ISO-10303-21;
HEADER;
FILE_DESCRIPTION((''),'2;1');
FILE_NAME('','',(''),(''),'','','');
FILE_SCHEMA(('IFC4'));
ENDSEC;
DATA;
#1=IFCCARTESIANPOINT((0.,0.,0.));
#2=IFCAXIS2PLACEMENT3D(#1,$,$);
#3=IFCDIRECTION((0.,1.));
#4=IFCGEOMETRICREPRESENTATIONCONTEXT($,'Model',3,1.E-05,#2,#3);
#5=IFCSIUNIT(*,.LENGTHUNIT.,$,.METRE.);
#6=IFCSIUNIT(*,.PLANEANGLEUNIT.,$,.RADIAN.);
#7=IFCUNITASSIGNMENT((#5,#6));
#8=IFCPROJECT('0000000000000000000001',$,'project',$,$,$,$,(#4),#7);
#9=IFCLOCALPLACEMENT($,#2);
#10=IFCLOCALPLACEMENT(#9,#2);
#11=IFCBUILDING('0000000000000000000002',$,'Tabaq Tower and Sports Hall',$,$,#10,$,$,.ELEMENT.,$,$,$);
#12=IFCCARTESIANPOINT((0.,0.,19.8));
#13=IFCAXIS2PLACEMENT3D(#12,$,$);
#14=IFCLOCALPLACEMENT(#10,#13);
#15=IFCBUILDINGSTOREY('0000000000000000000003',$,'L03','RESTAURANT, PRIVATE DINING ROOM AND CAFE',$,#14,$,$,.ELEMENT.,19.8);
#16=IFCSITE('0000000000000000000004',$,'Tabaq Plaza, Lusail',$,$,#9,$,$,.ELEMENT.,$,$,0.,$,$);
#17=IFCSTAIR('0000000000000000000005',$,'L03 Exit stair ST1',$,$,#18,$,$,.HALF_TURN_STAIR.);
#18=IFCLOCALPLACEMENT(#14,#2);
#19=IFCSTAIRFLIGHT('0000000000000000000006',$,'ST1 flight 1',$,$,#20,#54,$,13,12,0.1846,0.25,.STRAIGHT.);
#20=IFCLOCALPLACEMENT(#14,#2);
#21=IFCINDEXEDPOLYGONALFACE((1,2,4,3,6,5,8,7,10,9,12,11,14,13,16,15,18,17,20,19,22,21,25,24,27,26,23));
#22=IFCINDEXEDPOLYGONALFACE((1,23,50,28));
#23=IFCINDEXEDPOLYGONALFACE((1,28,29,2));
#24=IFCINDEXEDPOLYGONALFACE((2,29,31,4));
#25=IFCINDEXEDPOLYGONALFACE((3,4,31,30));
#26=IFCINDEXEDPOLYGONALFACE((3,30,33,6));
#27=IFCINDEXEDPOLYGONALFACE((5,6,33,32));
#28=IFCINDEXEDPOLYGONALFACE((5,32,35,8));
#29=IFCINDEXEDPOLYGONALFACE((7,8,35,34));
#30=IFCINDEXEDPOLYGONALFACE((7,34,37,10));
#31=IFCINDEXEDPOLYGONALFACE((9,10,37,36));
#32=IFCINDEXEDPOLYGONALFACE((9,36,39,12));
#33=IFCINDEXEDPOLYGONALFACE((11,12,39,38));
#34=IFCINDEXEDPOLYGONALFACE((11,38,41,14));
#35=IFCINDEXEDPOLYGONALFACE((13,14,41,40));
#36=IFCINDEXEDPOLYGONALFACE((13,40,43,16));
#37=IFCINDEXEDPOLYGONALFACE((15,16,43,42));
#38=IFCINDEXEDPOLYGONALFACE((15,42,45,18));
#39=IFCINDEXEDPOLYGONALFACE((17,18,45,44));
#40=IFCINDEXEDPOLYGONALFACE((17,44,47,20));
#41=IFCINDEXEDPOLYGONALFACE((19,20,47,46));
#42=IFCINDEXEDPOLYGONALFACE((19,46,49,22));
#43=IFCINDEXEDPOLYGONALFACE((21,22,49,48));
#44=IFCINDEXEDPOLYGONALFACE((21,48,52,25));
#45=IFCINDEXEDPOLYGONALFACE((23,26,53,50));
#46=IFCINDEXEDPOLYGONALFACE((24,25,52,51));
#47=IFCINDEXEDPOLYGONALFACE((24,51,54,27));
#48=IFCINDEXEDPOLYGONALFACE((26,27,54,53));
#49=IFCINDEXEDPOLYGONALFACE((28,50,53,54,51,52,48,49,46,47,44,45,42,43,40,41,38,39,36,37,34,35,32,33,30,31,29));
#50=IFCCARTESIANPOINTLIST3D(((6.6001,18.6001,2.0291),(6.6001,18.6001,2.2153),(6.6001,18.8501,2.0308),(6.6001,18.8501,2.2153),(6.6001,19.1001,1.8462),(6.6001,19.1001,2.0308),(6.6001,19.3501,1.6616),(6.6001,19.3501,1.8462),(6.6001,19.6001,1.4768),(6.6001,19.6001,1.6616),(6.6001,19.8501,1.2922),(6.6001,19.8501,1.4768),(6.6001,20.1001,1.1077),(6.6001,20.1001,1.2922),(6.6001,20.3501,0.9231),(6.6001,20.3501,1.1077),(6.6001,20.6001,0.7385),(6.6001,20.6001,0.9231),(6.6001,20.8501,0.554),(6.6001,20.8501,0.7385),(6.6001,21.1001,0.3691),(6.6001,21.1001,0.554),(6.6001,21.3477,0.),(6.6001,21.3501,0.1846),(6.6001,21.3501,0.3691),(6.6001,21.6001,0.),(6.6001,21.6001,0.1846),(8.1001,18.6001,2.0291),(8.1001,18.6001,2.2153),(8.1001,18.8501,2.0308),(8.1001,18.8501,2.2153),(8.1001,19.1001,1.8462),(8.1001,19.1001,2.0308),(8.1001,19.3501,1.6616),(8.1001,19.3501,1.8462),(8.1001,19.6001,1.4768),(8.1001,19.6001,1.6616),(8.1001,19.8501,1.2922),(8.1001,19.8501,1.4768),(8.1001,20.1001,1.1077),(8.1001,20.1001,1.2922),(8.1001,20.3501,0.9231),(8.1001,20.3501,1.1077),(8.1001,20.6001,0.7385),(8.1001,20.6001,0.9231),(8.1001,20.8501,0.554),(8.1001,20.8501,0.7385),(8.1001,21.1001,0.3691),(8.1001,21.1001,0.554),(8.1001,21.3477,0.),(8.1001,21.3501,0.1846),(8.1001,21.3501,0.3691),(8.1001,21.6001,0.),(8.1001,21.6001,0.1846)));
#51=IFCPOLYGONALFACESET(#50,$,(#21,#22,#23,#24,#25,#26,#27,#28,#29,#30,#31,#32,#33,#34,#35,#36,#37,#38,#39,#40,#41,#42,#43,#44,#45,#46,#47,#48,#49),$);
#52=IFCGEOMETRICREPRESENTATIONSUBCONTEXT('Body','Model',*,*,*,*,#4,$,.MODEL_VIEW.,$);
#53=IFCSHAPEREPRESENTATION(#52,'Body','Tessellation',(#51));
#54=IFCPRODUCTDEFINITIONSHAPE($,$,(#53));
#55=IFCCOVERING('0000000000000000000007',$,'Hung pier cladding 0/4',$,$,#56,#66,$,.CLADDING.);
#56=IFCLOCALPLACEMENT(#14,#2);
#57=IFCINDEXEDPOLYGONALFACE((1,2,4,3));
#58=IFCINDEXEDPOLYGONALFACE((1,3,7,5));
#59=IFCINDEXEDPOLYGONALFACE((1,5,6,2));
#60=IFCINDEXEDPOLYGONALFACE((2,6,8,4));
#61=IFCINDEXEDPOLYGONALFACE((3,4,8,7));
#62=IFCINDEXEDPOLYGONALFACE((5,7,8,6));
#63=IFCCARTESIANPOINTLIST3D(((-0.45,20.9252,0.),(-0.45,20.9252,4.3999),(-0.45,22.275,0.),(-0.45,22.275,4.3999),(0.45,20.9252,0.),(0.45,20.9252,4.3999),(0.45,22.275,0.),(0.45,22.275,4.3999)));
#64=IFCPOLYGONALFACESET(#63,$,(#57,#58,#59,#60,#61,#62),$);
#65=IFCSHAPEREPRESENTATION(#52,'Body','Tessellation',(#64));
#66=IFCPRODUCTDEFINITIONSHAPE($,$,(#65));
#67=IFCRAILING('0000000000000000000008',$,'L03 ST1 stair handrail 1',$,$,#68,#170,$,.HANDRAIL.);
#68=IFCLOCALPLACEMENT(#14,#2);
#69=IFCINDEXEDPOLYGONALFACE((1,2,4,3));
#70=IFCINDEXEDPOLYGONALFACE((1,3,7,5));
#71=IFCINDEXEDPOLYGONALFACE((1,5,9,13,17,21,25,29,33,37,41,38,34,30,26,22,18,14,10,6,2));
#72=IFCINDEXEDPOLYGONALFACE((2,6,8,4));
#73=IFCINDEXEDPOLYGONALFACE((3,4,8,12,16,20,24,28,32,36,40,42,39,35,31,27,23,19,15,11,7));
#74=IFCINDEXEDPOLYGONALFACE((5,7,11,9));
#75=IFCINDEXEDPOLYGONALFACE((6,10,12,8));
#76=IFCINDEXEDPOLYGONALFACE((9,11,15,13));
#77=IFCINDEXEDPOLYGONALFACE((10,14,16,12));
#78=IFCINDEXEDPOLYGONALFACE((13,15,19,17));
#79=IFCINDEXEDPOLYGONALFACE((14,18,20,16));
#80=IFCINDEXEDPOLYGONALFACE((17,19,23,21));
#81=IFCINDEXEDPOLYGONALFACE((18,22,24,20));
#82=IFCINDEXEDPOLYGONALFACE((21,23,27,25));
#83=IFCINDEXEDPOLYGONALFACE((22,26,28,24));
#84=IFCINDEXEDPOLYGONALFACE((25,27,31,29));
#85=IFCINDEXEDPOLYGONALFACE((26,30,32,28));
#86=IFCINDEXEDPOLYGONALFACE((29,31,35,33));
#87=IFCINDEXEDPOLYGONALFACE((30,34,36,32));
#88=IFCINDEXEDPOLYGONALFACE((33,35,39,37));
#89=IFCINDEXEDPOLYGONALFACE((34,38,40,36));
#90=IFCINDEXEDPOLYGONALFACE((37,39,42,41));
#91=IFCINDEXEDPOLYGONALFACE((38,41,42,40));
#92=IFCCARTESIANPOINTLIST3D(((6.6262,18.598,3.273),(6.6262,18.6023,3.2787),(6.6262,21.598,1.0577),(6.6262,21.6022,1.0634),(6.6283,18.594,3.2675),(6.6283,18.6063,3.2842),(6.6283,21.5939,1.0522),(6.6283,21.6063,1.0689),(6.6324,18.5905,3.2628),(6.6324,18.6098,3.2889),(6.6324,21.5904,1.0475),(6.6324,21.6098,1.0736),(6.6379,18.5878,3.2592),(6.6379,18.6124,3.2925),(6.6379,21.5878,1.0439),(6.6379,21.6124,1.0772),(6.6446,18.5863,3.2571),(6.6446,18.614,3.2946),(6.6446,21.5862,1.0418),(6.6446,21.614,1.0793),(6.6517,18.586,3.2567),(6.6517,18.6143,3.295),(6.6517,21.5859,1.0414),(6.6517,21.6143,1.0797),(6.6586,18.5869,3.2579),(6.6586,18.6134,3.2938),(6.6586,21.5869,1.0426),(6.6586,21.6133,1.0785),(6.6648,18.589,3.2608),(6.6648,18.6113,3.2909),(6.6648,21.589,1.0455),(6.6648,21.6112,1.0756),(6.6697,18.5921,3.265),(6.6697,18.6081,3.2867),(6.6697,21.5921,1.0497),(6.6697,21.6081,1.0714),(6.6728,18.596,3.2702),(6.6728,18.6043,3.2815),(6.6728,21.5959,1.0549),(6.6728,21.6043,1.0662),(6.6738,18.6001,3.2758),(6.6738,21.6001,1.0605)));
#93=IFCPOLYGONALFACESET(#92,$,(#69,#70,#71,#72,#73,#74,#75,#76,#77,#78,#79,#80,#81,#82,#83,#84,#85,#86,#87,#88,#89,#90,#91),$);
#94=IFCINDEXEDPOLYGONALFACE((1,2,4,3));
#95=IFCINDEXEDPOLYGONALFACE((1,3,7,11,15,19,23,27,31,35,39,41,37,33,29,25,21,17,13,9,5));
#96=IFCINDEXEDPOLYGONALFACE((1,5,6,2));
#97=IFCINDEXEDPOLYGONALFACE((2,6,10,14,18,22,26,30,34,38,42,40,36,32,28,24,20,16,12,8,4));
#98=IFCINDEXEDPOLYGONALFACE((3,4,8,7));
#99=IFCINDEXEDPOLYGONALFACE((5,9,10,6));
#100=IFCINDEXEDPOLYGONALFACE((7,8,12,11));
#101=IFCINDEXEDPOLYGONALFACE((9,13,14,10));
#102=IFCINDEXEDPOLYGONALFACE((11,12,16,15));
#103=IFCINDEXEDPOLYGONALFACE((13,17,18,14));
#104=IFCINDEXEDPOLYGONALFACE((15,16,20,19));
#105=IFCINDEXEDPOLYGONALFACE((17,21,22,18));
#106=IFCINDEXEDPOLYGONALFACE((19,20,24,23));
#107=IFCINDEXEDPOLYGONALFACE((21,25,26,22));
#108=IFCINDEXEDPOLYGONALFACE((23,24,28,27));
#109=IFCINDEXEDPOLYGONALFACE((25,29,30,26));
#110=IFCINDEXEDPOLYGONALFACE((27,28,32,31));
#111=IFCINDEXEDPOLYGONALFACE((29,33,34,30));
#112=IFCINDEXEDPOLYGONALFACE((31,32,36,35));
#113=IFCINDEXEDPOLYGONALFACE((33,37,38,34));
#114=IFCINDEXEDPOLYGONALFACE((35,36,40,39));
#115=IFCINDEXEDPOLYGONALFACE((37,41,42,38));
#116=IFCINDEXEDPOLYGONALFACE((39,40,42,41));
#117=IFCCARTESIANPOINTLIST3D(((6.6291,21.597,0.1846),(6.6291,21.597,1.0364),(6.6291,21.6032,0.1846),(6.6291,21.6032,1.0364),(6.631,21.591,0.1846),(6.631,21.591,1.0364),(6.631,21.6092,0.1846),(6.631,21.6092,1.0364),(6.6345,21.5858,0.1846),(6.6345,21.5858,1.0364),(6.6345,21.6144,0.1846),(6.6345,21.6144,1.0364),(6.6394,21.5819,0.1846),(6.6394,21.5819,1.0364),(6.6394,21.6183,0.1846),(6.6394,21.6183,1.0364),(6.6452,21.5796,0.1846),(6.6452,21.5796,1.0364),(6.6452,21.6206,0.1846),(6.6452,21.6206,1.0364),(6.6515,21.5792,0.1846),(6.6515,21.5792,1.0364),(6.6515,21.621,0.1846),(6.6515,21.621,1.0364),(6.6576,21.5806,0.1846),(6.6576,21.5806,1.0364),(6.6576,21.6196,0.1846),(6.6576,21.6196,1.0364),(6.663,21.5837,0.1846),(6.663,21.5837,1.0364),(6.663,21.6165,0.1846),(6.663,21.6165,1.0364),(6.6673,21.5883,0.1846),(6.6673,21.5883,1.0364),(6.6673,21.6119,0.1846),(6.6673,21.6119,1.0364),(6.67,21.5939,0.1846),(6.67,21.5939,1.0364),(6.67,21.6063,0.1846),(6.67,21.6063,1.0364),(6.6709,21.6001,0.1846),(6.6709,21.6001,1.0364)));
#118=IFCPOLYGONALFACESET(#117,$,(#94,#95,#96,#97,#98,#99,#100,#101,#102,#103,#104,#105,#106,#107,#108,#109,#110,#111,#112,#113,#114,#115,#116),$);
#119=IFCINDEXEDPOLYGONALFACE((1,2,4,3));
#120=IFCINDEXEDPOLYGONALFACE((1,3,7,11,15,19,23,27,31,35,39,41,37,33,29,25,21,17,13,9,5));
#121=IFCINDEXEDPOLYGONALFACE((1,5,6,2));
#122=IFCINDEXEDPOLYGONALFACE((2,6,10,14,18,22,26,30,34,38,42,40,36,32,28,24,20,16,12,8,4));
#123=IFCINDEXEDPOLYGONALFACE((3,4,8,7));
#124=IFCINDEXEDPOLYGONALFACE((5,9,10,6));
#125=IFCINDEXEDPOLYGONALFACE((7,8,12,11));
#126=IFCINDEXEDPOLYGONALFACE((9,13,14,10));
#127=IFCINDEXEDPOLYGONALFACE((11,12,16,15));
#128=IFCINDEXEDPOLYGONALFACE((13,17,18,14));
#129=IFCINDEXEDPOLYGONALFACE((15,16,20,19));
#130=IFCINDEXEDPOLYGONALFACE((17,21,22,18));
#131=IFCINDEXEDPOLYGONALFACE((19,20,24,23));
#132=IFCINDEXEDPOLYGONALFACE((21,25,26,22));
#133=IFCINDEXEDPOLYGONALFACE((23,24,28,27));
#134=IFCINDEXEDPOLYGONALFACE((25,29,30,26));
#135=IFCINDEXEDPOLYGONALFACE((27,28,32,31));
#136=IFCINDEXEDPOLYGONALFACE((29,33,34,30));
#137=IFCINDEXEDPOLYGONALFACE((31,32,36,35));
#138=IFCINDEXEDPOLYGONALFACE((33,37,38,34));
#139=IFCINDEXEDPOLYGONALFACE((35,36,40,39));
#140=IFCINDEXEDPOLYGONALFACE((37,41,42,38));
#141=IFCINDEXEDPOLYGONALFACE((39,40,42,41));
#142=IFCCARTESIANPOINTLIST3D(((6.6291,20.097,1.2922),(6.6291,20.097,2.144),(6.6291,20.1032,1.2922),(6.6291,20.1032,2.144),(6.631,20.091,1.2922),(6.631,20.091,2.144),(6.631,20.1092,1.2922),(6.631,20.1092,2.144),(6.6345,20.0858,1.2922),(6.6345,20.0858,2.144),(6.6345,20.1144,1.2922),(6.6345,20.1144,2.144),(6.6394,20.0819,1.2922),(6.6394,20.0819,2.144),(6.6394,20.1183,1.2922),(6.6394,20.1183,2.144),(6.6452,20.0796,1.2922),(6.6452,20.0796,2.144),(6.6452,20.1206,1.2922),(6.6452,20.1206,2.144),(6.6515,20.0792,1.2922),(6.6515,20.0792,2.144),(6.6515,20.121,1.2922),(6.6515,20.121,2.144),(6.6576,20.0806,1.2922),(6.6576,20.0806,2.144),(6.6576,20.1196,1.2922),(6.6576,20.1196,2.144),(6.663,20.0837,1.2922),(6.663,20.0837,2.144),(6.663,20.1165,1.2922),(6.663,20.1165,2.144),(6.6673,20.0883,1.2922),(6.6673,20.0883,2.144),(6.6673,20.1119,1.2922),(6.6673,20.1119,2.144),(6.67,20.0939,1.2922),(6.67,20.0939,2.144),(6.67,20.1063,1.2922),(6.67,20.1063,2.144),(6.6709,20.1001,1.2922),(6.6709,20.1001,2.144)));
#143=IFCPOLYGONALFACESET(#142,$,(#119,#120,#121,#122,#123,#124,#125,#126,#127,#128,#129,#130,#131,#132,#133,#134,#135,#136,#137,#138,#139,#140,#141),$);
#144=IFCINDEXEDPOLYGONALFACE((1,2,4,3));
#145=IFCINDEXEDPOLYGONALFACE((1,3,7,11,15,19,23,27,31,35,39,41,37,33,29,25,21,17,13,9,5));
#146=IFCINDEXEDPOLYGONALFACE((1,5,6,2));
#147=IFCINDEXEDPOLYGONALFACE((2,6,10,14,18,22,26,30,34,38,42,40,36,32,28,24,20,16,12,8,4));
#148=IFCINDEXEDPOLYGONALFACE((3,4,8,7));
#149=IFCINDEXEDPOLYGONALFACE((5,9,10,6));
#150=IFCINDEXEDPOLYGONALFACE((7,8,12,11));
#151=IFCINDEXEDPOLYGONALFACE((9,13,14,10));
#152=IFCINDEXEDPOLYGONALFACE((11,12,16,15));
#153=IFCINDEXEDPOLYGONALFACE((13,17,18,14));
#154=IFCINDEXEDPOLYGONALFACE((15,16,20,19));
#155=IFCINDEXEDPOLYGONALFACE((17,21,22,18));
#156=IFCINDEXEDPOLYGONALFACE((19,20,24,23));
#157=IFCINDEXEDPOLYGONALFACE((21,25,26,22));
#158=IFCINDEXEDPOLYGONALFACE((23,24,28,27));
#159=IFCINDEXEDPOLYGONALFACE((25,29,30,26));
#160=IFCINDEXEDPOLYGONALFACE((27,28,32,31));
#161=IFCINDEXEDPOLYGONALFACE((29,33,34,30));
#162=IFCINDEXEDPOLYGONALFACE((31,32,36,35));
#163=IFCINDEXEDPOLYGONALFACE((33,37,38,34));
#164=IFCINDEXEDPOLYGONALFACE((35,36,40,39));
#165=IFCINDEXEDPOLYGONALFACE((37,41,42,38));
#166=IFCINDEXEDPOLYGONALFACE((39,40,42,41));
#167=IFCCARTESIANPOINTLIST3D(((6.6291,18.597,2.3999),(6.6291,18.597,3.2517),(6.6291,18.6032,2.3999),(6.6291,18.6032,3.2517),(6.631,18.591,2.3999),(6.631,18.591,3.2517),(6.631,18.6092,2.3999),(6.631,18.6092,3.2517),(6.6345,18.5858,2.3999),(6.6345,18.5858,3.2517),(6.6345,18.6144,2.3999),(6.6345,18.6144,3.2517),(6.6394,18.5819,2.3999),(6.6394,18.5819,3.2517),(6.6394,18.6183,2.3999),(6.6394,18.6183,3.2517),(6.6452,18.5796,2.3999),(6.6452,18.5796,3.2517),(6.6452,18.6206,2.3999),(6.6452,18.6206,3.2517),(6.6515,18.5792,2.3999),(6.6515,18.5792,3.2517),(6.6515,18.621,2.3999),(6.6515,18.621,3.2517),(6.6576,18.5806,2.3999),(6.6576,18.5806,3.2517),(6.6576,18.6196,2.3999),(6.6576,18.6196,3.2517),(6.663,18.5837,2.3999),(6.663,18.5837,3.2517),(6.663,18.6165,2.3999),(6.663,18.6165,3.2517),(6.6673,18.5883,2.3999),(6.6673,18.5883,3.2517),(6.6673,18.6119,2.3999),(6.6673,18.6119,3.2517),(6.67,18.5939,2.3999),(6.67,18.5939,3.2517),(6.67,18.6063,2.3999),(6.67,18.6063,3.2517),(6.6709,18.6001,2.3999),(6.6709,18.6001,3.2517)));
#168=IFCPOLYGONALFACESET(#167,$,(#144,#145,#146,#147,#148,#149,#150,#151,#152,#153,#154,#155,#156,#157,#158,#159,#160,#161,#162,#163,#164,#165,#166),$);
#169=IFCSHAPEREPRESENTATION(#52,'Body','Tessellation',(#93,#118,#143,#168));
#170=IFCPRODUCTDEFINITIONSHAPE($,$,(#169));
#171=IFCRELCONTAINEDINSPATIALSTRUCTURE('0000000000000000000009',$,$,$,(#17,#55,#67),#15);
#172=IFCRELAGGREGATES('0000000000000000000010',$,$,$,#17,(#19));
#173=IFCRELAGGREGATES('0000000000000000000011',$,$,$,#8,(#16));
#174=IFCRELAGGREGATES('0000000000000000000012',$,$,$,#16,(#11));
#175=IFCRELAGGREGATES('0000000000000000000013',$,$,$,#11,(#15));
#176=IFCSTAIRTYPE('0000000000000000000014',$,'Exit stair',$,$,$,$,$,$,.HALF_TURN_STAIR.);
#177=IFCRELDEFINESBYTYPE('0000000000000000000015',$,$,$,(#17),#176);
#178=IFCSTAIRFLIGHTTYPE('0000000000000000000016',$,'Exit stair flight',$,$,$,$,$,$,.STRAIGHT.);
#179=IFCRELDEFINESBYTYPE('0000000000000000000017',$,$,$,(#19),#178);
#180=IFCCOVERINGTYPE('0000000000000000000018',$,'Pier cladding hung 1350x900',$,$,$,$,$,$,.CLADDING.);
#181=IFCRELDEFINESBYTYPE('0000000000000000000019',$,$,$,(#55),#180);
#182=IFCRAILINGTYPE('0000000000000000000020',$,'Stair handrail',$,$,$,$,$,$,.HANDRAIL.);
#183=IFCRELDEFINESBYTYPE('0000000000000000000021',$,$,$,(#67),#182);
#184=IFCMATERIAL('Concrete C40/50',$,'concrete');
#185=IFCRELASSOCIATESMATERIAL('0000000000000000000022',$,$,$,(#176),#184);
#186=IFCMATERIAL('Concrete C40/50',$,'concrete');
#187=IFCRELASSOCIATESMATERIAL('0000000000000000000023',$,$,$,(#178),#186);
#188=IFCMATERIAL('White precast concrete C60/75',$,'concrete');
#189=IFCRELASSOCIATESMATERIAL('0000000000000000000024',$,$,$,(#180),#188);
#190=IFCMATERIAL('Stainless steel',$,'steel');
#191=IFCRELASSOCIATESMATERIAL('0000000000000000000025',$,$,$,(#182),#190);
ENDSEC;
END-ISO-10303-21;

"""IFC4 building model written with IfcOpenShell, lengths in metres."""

from ifc_helpers import new_model, si_unit, direction, frame, frame_2d, origin, origin_2d, place, context, subcontext, project, spatial, polyline, rectangle, circle, outline, extrude, material, type_object, element, aggregate, save


model = new_model("IFC4")

# Units and contexts
model_context = context("Model", 3, precision=1e-05, world=origin(), true_north=direction((0.0, 1.0)))
body_context = subcontext(model_context, "Body", "Model", "MODEL_VIEW")
ifc_project = project(units=[si_unit("LENGTHUNIT", "METRE"), si_unit("PLANEANGLEUNIT", "RADIAN")], contexts=[model_context])

# Site, building, storey
site_placement = place(None, origin())
site = spatial("IfcSite", under=ifc_project, at=site_placement, Name="Tabaq Plaza, Lusail", CompositionType="ELEMENT", RefElevation=0.0)
building_placement = place(site_placement, origin())
building = spatial("IfcBuilding", under=site, at=building_placement, Name="Tabaq Tower and Sports Hall", CompositionType="ELEMENT")
storey_placement = place(building_placement, frame((0.0, 0.0, 19.8)))
storey = spatial("IfcBuildingStorey", under=building, at=storey_placement, Name="L03", Description="RESTAURANT, PRIVATE DINING ROOM AND CAFE", CompositionType="ELEMENT", Elevation=19.8)

# Stair, stair flight
ifc_material_1 = material(Name="Concrete C40/50", Category="concrete")
stair_type = type_object("IfcStairType", Name="Exit stair", PredefinedType="HALF_TURN_STAIR", material=ifc_material_1)
stair_placement = place(storey_placement, origin())
stair = element("IfcStair", 1, at=stair_placement, inside=storey, type_object=stair_type, Name="L03 Exit stair ST1", PredefinedType="HALF_TURN_STAIR")
ifc_material_2 = material(Name="Concrete C40/50", Category="concrete")
stair_flight_type = type_object("IfcStairFlightType", Name="Exit stair flight", PredefinedType="STRAIGHT", material=ifc_material_2)
stair_flight_placement = place(storey_placement, frame((7.3501, 21.6001, 0.0), z_axis=(0.0, 0.0, 1.0), x_axis=(0.0, -1.0, 0.0)))
stair_flight = element("IfcStairFlight", 2, at=stair_flight_placement, type_object=stair_flight_type, Name="ST1 flight 1", NumberOfRisers=13, NumberOfTreads=12, PredefinedType="STRAIGHT", RiserHeight=0.1846, TreadLength=0.25, context=body_context, shape_type="SweptSolid", body=[
    extrude(outline(polyline([(0.0, 0.0), (0.0, 0.1846), (0.25, 0.1846), (0.25, 0.3691), (0.5, 0.3691), (0.5, 0.554), (0.75, 0.554), (0.75, 0.7385), (1.0, 0.7385), (1.0, 0.9231), (1.25, 0.9231), (1.25, 1.1077), (1.5, 1.1077), (1.5, 1.2922), (1.75, 1.2922), (1.75, 1.4768), (2.0, 1.4768), (2.0, 1.6616), (2.25, 1.6616), (2.25, 1.8462), (2.5, 1.8462), (2.5, 2.0308), (2.75, 2.0308), (2.75, 2.2153), (3.0, 2.2153), (3.0, 2.3999), (3.0, 2.0291), (0.2524, 0.0), (0.0, 0.0)])), frame((0.0, 0.75, 0.0), z_axis=(0.0, -1.0, 0.0), x_axis=(1.0, 0.0, 0.0)), (0.0, 0.0, 1.0), 1.5),
])
aggregate(stair, [stair_flight])

# Covering
ifc_material_3 = material(Name="White precast concrete C60/75", Category="concrete")
covering_type = type_object("IfcCoveringType", Name="Pier cladding hung 1350x900", PredefinedType="CLADDING", material=ifc_material_3)
covering_placement = place(storey_placement, frame((0.0, 22.2749, 0.0), z_axis=(0.0, 0.0, 1.0), x_axis=(0.0, -1.0, 0.0)))
element("IfcCovering", 3, at=covering_placement, inside=storey, type_object=covering_type, Name="Hung pier cladding 0/4", PredefinedType="CLADDING", context=body_context, shape_type="SweptSolid", body=[
    extrude(rectangle(XDim=1.3499, YDim=0.8999, at=frame_2d((0.6748, 0.0))), origin(), (0.0, 0.0, 1.0), 4.3999),
])

# Railing
ifc_material_4 = material(Name="Stainless steel", Category="steel")
railing_type_1 = type_object("IfcRailingType", Name="Stair handrail", PredefinedType="HANDRAIL", material=ifc_material_4)
railing_1_placement = place(storey_placement, frame((6.6499, 21.6001, 0.1846)))
element("IfcRailing", 4, at=railing_1_placement, inside=storey, type_object=railing_type_1, Name="L03 ST1 stair handrail 1", PredefinedType="HANDRAIL", context=body_context, shape_type="SweptSolid", body=[
    extrude(circle(Radius=0.0239, at=origin_2d()), frame((0.0, 0.0, 0.876), z_axis=(0.0, -0.80444, 0.594034), x_axis=(1.0, 0.0, 0.0)), (0.0, 0.0, 1.0), 3.7292),
    extrude(circle(Radius=0.021, at=origin_2d()), origin(), (0.0, 0.0, 1.0), 0.8518),
    extrude(circle(Radius=0.021, at=origin_2d()), frame((0.0, -1.5, 1.1077)), (0.0, 0.0, 1.0), 0.8518),
    extrude(circle(Radius=0.021, at=origin_2d()), frame((0.0, -3.0, 2.2153)), (0.0, 0.0, 1.0), 0.8518),
])

save(model, "model.ifc")
